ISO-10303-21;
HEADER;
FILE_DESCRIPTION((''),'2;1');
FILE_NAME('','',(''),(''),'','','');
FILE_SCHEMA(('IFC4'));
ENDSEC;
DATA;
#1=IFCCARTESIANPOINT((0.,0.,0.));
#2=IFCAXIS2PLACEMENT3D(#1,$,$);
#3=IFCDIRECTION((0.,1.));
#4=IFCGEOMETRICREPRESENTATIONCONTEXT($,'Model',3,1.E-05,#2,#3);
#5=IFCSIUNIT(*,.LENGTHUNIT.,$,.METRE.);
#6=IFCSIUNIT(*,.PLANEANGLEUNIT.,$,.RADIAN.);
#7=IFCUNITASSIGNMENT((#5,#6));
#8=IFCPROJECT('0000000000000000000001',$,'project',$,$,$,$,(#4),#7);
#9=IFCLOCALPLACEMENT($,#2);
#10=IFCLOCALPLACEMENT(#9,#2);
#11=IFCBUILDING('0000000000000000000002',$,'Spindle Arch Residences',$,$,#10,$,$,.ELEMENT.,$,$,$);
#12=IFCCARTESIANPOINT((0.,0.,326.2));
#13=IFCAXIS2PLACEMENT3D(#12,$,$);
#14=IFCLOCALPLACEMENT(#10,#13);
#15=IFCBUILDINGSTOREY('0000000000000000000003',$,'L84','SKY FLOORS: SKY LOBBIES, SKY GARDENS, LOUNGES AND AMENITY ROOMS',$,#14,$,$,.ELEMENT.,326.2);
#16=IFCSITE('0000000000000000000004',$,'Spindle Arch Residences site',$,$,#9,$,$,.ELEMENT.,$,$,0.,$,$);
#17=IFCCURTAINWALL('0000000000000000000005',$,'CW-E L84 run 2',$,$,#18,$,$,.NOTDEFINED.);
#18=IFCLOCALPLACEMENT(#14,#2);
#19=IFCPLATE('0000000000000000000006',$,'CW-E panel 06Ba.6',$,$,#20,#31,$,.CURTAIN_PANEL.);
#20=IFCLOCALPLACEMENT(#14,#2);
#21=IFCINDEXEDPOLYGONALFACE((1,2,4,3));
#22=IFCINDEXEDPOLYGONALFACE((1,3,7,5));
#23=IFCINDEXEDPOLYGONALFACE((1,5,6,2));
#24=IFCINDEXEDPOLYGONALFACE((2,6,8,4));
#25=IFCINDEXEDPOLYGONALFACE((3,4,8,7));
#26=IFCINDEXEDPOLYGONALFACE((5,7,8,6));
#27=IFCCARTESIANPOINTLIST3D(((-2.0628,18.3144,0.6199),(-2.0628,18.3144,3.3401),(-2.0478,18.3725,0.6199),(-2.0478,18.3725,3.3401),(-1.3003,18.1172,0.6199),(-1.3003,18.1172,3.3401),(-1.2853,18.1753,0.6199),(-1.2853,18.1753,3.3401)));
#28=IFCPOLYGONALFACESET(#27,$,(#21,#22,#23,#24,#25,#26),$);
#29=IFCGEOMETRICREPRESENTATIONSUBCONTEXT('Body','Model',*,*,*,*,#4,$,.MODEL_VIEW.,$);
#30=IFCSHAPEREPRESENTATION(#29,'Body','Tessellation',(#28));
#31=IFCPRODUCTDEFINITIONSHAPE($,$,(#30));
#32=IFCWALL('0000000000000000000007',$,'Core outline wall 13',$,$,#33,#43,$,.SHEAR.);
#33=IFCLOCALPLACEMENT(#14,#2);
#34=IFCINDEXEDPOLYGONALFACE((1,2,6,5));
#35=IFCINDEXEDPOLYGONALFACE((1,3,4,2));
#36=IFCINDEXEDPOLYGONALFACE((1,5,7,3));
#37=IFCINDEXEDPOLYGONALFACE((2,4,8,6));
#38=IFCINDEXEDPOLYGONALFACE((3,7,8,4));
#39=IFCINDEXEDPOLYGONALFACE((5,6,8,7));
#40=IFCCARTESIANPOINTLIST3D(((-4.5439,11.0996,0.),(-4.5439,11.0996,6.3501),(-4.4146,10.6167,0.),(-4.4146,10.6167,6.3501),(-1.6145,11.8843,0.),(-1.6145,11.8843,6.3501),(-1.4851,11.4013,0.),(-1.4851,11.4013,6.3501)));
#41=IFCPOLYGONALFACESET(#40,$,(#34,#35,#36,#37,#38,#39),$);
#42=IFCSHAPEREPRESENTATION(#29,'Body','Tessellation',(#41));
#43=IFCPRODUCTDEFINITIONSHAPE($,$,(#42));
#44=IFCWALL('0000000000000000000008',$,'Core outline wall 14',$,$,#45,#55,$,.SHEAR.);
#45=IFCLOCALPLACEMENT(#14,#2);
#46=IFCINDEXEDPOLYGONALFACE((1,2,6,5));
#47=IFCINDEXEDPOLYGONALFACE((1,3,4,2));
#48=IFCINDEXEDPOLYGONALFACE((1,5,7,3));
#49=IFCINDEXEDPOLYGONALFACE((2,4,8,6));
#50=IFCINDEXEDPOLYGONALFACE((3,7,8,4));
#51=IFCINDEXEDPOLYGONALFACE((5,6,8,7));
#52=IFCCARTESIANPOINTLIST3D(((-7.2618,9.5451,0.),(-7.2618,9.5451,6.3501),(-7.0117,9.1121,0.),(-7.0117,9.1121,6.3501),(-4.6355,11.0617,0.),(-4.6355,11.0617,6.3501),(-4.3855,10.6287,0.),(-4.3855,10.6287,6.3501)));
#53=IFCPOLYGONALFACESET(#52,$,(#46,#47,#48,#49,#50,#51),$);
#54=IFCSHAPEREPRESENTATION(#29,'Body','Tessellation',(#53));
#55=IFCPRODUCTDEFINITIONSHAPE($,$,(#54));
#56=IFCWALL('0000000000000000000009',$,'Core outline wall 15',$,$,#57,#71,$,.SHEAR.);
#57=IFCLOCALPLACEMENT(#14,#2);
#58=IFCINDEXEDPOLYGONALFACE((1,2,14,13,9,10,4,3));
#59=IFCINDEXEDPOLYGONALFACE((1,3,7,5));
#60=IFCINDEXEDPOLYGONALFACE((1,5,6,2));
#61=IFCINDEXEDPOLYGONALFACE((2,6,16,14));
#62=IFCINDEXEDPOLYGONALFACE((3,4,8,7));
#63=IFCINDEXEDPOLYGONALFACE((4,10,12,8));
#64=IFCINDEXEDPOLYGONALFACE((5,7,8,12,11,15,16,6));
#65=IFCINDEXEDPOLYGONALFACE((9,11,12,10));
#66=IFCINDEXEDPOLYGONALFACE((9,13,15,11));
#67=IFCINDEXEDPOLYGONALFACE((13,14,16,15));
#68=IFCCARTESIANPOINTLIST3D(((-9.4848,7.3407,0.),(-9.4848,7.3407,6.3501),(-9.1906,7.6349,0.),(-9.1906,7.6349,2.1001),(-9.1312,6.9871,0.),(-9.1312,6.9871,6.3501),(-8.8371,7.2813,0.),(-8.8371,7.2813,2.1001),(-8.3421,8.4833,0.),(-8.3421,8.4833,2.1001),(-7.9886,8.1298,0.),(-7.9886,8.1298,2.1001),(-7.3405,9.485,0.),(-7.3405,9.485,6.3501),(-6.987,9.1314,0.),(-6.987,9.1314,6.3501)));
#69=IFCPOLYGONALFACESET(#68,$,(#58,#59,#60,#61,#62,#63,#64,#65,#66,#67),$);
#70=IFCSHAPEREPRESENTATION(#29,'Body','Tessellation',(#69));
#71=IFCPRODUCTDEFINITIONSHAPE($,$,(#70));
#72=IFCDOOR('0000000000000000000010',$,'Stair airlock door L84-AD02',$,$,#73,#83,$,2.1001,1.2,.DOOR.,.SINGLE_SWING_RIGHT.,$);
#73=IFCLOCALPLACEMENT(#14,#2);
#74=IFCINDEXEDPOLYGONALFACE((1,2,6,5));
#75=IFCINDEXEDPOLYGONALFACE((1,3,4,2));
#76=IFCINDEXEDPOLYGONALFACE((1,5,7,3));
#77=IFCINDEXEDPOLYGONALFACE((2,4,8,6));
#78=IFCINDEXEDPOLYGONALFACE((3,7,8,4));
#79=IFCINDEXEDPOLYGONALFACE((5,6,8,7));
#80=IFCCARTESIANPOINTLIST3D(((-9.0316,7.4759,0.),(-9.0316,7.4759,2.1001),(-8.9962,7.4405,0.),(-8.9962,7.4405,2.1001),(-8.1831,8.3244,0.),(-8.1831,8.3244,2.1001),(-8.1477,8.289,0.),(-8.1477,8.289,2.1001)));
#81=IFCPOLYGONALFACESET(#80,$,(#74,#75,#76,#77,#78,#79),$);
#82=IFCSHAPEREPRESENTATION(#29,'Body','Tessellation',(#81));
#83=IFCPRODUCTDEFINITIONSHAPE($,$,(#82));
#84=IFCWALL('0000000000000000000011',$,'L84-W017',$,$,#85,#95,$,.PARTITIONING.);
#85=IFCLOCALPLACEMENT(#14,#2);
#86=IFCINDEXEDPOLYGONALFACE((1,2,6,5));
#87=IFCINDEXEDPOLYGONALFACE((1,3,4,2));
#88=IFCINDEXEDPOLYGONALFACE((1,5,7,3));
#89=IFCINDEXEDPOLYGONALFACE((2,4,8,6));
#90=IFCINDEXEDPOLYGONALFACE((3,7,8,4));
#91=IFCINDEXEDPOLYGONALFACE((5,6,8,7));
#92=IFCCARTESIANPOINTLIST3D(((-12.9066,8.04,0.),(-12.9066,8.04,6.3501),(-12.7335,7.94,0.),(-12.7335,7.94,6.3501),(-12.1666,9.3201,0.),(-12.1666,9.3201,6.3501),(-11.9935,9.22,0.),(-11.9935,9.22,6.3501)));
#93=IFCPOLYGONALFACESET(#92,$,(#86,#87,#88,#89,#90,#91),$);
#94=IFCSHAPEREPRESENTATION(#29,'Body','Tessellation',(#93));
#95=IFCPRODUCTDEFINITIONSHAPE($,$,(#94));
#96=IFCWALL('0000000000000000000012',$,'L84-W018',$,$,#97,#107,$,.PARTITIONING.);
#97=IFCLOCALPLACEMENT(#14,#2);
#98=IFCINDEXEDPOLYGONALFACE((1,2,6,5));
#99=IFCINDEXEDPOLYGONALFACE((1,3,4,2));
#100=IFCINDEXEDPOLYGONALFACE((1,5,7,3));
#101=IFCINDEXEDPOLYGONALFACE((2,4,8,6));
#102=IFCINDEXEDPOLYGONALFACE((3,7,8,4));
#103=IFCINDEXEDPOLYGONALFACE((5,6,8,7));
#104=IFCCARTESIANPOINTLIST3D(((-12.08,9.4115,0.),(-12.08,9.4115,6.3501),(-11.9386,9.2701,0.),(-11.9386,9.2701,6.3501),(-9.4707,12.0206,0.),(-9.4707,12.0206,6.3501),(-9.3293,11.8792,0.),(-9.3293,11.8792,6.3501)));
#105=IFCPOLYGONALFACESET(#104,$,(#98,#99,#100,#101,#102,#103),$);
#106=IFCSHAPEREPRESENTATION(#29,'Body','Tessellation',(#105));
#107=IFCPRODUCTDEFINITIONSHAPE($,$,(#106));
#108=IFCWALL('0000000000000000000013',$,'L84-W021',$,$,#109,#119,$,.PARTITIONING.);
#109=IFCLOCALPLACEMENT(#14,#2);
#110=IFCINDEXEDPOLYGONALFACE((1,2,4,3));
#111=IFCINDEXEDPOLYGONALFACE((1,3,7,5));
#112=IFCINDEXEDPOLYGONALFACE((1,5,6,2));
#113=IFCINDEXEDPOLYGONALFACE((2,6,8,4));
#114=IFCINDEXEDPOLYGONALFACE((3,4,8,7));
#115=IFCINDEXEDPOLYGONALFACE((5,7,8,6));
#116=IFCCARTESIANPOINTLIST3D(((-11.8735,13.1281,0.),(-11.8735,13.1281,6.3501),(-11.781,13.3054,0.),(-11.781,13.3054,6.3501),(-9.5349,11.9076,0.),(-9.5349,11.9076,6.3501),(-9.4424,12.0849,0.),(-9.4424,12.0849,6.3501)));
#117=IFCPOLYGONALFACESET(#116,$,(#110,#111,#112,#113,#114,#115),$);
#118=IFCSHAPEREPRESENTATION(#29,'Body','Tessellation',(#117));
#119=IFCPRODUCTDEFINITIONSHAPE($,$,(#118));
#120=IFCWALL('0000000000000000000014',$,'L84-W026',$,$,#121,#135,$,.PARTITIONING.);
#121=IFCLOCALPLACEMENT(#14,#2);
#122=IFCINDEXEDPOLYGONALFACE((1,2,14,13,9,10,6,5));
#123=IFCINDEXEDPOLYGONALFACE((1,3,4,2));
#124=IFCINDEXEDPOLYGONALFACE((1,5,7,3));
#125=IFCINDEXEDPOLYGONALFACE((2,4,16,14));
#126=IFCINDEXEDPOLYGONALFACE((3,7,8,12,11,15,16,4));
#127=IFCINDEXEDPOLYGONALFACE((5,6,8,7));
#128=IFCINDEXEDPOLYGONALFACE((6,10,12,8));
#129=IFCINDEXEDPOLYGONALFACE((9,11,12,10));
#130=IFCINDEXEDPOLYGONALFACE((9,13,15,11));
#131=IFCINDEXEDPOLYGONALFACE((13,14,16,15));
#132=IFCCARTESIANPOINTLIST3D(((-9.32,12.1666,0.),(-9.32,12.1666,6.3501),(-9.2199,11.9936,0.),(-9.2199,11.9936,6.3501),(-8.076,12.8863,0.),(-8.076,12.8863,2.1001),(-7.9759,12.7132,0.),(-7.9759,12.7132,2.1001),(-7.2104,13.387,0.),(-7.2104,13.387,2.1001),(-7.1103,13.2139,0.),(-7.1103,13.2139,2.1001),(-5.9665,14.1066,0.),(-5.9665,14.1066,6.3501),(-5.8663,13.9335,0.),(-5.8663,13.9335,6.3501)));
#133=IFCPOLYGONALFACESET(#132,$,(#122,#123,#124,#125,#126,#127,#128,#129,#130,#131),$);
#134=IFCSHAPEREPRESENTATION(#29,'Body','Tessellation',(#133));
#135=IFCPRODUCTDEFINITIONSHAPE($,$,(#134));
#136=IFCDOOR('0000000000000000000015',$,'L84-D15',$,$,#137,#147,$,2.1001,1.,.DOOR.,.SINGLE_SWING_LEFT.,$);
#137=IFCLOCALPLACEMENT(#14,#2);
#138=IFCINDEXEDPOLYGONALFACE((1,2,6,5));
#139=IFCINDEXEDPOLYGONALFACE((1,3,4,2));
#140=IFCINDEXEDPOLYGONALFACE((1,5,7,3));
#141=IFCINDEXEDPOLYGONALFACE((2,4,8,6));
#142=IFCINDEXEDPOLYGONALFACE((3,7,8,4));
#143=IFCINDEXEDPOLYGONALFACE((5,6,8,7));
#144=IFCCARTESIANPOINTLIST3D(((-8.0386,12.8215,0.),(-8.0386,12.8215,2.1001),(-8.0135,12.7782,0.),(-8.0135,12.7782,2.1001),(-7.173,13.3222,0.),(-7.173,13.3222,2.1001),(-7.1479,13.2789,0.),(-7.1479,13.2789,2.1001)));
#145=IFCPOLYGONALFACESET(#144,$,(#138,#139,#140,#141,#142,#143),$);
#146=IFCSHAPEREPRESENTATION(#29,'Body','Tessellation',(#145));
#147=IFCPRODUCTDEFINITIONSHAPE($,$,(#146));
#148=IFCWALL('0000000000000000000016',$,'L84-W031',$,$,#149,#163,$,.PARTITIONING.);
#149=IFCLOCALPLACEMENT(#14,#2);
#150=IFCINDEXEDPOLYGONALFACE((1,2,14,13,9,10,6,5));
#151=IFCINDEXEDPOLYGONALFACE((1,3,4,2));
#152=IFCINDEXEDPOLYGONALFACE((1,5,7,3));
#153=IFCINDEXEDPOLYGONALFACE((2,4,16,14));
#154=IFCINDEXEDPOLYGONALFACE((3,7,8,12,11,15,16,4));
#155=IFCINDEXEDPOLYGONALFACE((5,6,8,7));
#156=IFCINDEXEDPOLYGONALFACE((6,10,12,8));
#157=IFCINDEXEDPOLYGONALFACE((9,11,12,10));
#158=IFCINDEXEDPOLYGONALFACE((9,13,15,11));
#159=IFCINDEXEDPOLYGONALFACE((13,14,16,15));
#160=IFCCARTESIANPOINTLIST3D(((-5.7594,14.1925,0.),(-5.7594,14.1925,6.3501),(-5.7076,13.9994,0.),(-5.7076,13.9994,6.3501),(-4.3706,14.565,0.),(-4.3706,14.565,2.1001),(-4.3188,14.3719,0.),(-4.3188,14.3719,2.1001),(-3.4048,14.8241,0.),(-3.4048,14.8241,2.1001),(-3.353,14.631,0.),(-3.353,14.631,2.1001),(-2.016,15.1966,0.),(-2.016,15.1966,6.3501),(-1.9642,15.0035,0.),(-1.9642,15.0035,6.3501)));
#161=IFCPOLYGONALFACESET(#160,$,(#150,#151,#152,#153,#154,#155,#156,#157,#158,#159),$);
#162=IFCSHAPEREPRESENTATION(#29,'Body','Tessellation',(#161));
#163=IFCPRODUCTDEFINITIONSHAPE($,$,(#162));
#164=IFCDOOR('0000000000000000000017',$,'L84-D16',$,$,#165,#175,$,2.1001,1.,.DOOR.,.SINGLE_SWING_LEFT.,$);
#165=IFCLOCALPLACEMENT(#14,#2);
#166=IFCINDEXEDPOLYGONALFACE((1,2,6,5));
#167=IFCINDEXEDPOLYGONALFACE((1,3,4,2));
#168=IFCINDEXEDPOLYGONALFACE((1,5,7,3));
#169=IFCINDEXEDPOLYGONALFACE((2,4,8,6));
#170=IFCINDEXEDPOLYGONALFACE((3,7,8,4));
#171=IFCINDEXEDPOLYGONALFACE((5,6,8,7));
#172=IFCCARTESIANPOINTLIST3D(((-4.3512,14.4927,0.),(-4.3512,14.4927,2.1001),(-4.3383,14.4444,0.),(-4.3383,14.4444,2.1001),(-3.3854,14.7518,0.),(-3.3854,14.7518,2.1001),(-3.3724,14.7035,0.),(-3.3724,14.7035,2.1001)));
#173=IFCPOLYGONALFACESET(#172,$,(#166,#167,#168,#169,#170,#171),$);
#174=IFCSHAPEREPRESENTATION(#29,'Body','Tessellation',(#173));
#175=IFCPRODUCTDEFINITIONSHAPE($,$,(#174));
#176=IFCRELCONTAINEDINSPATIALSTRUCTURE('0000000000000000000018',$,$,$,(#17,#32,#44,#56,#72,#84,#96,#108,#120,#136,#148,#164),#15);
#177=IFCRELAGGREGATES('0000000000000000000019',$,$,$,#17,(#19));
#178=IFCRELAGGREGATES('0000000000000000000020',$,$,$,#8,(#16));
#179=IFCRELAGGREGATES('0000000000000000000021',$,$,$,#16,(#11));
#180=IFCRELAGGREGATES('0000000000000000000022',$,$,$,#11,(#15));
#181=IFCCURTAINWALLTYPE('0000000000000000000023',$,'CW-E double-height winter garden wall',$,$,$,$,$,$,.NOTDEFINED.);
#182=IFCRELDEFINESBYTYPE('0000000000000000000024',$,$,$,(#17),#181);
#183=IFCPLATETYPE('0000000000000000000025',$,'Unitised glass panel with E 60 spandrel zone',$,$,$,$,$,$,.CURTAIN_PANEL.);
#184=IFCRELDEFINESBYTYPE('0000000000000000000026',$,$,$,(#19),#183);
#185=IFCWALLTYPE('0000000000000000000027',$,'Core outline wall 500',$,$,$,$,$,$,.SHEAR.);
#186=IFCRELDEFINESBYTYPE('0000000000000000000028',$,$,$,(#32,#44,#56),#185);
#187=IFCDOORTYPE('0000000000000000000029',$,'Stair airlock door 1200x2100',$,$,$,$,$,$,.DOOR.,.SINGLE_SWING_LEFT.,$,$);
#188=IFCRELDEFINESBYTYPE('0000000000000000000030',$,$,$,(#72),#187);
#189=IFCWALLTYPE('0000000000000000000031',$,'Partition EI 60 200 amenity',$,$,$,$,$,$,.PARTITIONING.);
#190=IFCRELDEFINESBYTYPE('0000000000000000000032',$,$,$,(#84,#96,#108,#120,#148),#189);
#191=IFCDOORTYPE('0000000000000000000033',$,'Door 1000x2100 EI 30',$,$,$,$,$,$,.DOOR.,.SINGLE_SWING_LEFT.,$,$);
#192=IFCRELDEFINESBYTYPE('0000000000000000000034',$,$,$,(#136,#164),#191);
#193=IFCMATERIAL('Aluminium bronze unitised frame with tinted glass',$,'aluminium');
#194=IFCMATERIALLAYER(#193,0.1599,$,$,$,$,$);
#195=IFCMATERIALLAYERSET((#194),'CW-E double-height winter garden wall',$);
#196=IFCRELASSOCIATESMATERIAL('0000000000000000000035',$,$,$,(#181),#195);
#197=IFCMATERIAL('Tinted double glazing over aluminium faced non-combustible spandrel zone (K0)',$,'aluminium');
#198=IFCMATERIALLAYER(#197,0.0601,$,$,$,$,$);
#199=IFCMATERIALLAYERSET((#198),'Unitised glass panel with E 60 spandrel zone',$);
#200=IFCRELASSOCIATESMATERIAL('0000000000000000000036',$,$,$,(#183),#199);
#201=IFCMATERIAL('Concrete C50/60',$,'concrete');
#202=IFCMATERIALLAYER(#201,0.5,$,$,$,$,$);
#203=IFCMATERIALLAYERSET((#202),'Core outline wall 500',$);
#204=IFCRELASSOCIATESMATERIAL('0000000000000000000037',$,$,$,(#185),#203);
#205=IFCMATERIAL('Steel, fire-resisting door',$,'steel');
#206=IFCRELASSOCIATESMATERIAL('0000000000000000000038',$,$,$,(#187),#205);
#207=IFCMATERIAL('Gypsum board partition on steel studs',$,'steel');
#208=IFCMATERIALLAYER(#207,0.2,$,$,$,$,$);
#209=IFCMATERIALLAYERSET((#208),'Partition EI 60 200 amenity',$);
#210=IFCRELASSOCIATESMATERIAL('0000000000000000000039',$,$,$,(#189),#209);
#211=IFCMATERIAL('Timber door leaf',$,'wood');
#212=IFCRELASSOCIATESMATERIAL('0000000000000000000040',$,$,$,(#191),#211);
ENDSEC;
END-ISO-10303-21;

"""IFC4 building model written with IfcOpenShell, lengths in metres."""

from ifc_helpers import new_model, si_unit, direction, frame, frame_2d, origin, origin_2d, place, context, subcontext, project, spatial, rectangle, extrude, material, layer, layer_set, type_object, element, fill, aggregate, save


model = new_model("IFC4")

# Units and contexts
model_context = context("Model", 3, precision=1e-05, world=origin(), true_north=direction((0.0, 1.0)))
body_context = subcontext(model_context, "Body", "Model", "MODEL_VIEW")
ifc_project = project(units=[si_unit("LENGTHUNIT", "METRE"), si_unit("PLANEANGLEUNIT", "RADIAN")], contexts=[model_context])

# Site, building, storey
site_placement = place(None, origin())
site = spatial("IfcSite", under=ifc_project, at=site_placement, Name="Spindle Arch Residences site", CompositionType="ELEMENT", RefElevation=0.0)
building_placement = place(site_placement, origin())
building = spatial("IfcBuilding", under=site, at=building_placement, Name="Spindle Arch Residences", CompositionType="ELEMENT")
storey_placement = place(building_placement, frame((0.0, 0.0, 326.2)))
storey = spatial("IfcBuildingStorey", under=building, at=storey_placement, Name="L84", Description="SKY FLOORS: SKY LOBBIES, SKY GARDENS, LOUNGES AND AMENITY ROOMS", CompositionType="ELEMENT", Elevation=326.2)

# Curtain wall, plate
ifc_material_1 = material(Name="Aluminium bronze unitised frame with tinted glass", Category="aluminium")
ifc_layer_1 = layer(ifc_material_1, 0.1599)
ifc_layer_set_1 = layer_set([ifc_layer_1], Name="CW-E double-height winter garden wall")
curtain_wall_type = type_object("IfcCurtainWallType", Name="CW-E double-height winter garden wall", PredefinedType="NOTDEFINED", material=ifc_layer_set_1)
curtain_wall_placement = place(storey_placement, origin())
curtain_wall = element("IfcCurtainWall", 1, at=curtain_wall_placement, inside=storey, type_object=curtain_wall_type, Name="CW-E L84 run 2", PredefinedType="NOTDEFINED")
ifc_material_2 = material(Name="Tinted double glazing over aluminium faced non-combustible spandrel zone (K0)", Category="aluminium")
ifc_layer_2 = layer(ifc_material_2, 0.0601)
ifc_layer_set_2 = layer_set([ifc_layer_2], Name="Unitised glass panel with E 60 spandrel zone")
plate_type = type_object("IfcPlateType", Name="Unitised glass panel with E 60 spandrel zone", PredefinedType="CURTAIN_PANEL", material=ifc_layer_set_2)
plate_placement = place(storey_placement, frame((-1.6741, 18.2449, 0.6199), z_axis=(0.0, 0.0, 1.0), x_axis=(-0.968148, 0.25038, 0.0)))
plate = element("IfcPlate", 2, at=plate_placement, type_object=plate_type, Name="CW-E panel 06Ba.6", PredefinedType="CURTAIN_PANEL", context=body_context, shape_type="SweptSolid", body=[
    extrude(rectangle(XDim=0.7876, YDim=0.0601, at=origin_2d()), origin(), (0.0, 0.0, 1.0), 2.7202),
])
aggregate(curtain_wall, [plate])

# Walls
ifc_material_3 = material(Name="Concrete C50/60", Category="concrete")
ifc_layer_3 = layer(ifc_material_3, 0.5)
ifc_layer_set_3 = layer_set([ifc_layer_3], Name="Core outline wall 500")
wall_type_1 = type_object("IfcWallType", Name="Core outline wall 500", PredefinedType="SHEAR", material=ifc_layer_set_3)
for number, where, z_axis, x_axis, name in (
    (3, (-1.5498, 11.6428, 0.0), (0.0, 0.0, 1.0), (-0.965948, -0.258735, 0.0), "Core outline wall 13"),
    (4, (-4.5105, 10.8452, 0.0), (0.0, 0.0, 1.0), (-0.865975, -0.500087, 0.0), "Core outline wall 14"),
):
    element("IfcWall", number, at=place(storey_placement, frame(where, z_axis=z_axis, x_axis=x_axis)), inside=storey, type_object=wall_type_1, Name=name, PredefinedType="SHEAR", context=body_context, shape_type="SweptSolid", body=[
        extrude(rectangle(XDim=3.0327, YDim=0.5, at=frame_2d((1.5164, 0.0))), origin(), (0.0, 0.0, 1.0), 6.3501),
    ])

# Wall, opening, door
wall_1_placement = place(storey_placement, frame((-7.1638, 9.3081, 0.0), z_axis=(0.0, 0.0, 1.0), x_axis=(-0.707107, -0.707107, 0.0)))
wall_1 = element("IfcWall", 5, at=wall_1_placement, inside=storey, type_object=wall_type_1, Name="Core outline wall 15", PredefinedType="SHEAR", context=body_context, shape_type="SweptSolid", body=[
    extrude(rectangle(XDim=3.0325, YDim=0.5, at=frame_2d((1.5161, 0.0))), origin(), (0.0, 0.0, 1.0), 6.3501),
])
opening_1_placement = place(wall_1_placement, frame((1.4163, 0.0, 0.0)))
opening_1 = element("IfcOpeningElement", 6, at=opening_1_placement, cuts=wall_1, PredefinedType="OPENING", context=body_context, shape_type="SweptSolid", body=[
    extrude(rectangle(XDim=1.2, YDim=2.1001, at=frame_2d((0.6001, 1.05))), frame((0.0, 0.26, 0.0), z_axis=(0.0, -1.0, 0.0), x_axis=(1.0, 0.0, 0.0)), (0.0, 0.0, 1.0), 0.52),
])
ifc_material_4 = material(Name="Steel, fire-resisting door", Category="steel")
door_type_1 = type_object("IfcDoorType", Name="Stair airlock door 1200x2100", OperationType="SINGLE_SWING_LEFT", PredefinedType="DOOR", material=ifc_material_4)
door_1_placement = place(opening_1_placement, origin())
door_1 = element("IfcDoor", 7, at=door_1_placement, inside=storey, type_object=door_type_1, Name="Stair airlock door L84-AD02", OperationType="SINGLE_SWING_RIGHT", OverallHeight=2.1001, OverallWidth=1.2, PredefinedType="DOOR", context=body_context, shape_type="SweptSolid", body=[
    extrude(rectangle(XDim=1.2, YDim=2.1001, at=frame_2d((0.6001, 1.05))), frame((0.0, 0.0249, 0.0), z_axis=(0.0, -1.0, 0.0), x_axis=(1.0, 0.0, 0.0)), (0.0, 0.0, 1.0), 0.05),
])
fill(opening_1, door_1)

# Walls
ifc_material_5 = material(Name="Gypsum board partition on steel studs", Category="steel")
ifc_layer_4 = layer(ifc_material_5, 0.2)
ifc_layer_set_4 = layer_set([ifc_layer_4], Name="Partition EI 60 200 amenity")
wall_type_2 = type_object("IfcWallType", Name="Partition EI 60 200 amenity", PredefinedType="PARTITIONING", material=ifc_layer_set_4)
wall_2_placement = place(storey_placement, frame((-12.0801, 9.27, 0.0), z_axis=(0.0, 0.0, 1.0), x_axis=(-0.500489, -0.865743, 0.0)))
element("IfcWall", 8, at=wall_2_placement, inside=storey, type_object=wall_type_2, Name="L84-W017", PredefinedType="PARTITIONING", context=body_context, shape_type="SweptSolid", body=[
    extrude(rectangle(XDim=1.4785, YDim=0.2, at=frame_2d((0.7393, 0.0))), origin(), (0.0, 0.0, 1.0), 6.3501),
])
wall_3_placement = place(storey_placement, frame((-12.0093, 9.3408, 0.0), z_axis=(0.0, 0.0, 1.0), x_axis=(0.70714, 0.707074, 0.0)))
element("IfcWall", 9, at=wall_3_placement, inside=storey, type_object=wall_type_2, Name="L84-W018", PredefinedType="PARTITIONING", context=body_context, shape_type="SweptSolid", body=[
    extrude(rectangle(XDim=3.6899, YDim=0.2, at=frame_2d((1.845, 0.0))), origin(), (0.0, 0.0, 1.0), 6.3501),
])
wall_4_placement = place(storey_placement, frame((-9.4888, 11.9963, 0.0), z_axis=(0.0, 0.0, 1.0), x_axis=(-0.886537, 0.462658, 0.0)))
element("IfcWall", 10, at=wall_4_placement, inside=storey, type_object=wall_type_2, Name="L84-W021", PredefinedType="PARTITIONING", context=body_context, shape_type="SweptSolid", body=[
    extrude(rectangle(XDim=2.6379, YDim=0.2, at=frame_2d((1.3188, 0.0))), origin(), (0.0, 0.0, 1.0), 6.3501),
])

# Walls, openings, doors
wall_5_placement = place(storey_placement, frame((-5.9165, 14.02, 0.0), z_axis=(0.0, 0.0, 1.0), x_axis=(-0.865602, -0.500733, 0.0)))
wall_5 = element("IfcWall", 11, at=wall_5_placement, inside=storey, type_object=wall_type_2, Name="L84-W026", PredefinedType="PARTITIONING", context=body_context, shape_type="SweptSolid", body=[
    extrude(rectangle(XDim=3.8743, YDim=0.2, at=frame_2d((1.937, 0.0))), origin(), (0.0, 0.0, 1.0), 6.3501),
])
opening_2_placement = place(wall_5_placement, frame((1.437, 0.0, 0.0)))
opening_2 = element("IfcOpeningElement", 12, at=opening_2_placement, cuts=wall_5, PredefinedType="OPENING", context=body_context, shape_type="SweptSolid", body=[
    extrude(rectangle(XDim=1.0, YDim=2.1001, at=frame_2d((0.5, 1.05))), frame((0.0, 0.1099, 0.0), z_axis=(0.0, -1.0, 0.0), x_axis=(1.0, 0.0, 0.0)), (0.0, 0.0, 1.0), 0.22),
])
ifc_material_6 = material(Name="Timber door leaf", Category="wood")
door_type_2 = type_object("IfcDoorType", Name="Door 1000x2100 EI 30", OperationType="SINGLE_SWING_LEFT", PredefinedType="DOOR", material=ifc_material_6)
door_2_placement = place(opening_2_placement, origin())
door_2 = element("IfcDoor", 13, at=door_2_placement, inside=storey, type_object=door_type_2, Name="L84-D15", OperationType="SINGLE_SWING_LEFT", OverallHeight=2.1001, OverallWidth=1.0, PredefinedType="DOOR", context=body_context, shape_type="SweptSolid", body=[
    extrude(rectangle(XDim=1.0, YDim=2.1001, at=frame_2d((0.5, 1.05))), frame((0.0, 0.0249, 0.0), z_axis=(0.0, -1.0, 0.0), x_axis=(1.0, 0.0, 0.0)), (0.0, 0.0, 1.0), 0.05),
])
fill(opening_2, door_2)
wall_6_placement = place(storey_placement, frame((-1.99, 15.1001, 0.0), z_axis=(0.0, 0.0, 1.0), x_axis=(-0.965854, -0.259086, 0.0)))
wall_6 = element("IfcWall", 14, at=wall_6_placement, inside=storey, type_object=wall_type_2, Name="L84-W031", PredefinedType="PARTITIONING", context=body_context, shape_type="SweptSolid", body=[
    extrude(rectangle(XDim=3.8757, YDim=0.2, at=frame_2d((1.938, 0.0))), origin(), (0.0, 0.0, 1.0), 6.3501),
])
opening_3_placement = place(wall_6_placement, frame((1.438, 0.0, 0.0)))
opening_3 = element("IfcOpeningElement", 15, at=opening_3_placement, cuts=wall_6, PredefinedType="OPENING", context=body_context, shape_type="SweptSolid", body=[
    extrude(rectangle(XDim=1.0, YDim=2.1001, at=frame_2d((0.5, 1.05))), frame((0.0, 0.1099, 0.0), z_axis=(0.0, -1.0, 0.0), x_axis=(1.0, 0.0, 0.0)), (0.0, 0.0, 1.0), 0.22),
])
door_3_placement = place(opening_3_placement, origin())
door_3 = element("IfcDoor", 16, at=door_3_placement, inside=storey, type_object=door_type_2, Name="L84-D16", OperationType="SINGLE_SWING_LEFT", OverallHeight=2.1001, OverallWidth=1.0, PredefinedType="DOOR", context=body_context, shape_type="SweptSolid", body=[
    extrude(rectangle(XDim=1.0, YDim=2.1001, at=frame_2d((0.5, 1.05))), frame((0.0, 0.0249, 0.0), z_axis=(0.0, -1.0, 0.0), x_axis=(1.0, 0.0, 0.0)), (0.0, 0.0, 1.0), 0.05),
])
fill(opening_3, door_3)

save(model, "model.ifc")
